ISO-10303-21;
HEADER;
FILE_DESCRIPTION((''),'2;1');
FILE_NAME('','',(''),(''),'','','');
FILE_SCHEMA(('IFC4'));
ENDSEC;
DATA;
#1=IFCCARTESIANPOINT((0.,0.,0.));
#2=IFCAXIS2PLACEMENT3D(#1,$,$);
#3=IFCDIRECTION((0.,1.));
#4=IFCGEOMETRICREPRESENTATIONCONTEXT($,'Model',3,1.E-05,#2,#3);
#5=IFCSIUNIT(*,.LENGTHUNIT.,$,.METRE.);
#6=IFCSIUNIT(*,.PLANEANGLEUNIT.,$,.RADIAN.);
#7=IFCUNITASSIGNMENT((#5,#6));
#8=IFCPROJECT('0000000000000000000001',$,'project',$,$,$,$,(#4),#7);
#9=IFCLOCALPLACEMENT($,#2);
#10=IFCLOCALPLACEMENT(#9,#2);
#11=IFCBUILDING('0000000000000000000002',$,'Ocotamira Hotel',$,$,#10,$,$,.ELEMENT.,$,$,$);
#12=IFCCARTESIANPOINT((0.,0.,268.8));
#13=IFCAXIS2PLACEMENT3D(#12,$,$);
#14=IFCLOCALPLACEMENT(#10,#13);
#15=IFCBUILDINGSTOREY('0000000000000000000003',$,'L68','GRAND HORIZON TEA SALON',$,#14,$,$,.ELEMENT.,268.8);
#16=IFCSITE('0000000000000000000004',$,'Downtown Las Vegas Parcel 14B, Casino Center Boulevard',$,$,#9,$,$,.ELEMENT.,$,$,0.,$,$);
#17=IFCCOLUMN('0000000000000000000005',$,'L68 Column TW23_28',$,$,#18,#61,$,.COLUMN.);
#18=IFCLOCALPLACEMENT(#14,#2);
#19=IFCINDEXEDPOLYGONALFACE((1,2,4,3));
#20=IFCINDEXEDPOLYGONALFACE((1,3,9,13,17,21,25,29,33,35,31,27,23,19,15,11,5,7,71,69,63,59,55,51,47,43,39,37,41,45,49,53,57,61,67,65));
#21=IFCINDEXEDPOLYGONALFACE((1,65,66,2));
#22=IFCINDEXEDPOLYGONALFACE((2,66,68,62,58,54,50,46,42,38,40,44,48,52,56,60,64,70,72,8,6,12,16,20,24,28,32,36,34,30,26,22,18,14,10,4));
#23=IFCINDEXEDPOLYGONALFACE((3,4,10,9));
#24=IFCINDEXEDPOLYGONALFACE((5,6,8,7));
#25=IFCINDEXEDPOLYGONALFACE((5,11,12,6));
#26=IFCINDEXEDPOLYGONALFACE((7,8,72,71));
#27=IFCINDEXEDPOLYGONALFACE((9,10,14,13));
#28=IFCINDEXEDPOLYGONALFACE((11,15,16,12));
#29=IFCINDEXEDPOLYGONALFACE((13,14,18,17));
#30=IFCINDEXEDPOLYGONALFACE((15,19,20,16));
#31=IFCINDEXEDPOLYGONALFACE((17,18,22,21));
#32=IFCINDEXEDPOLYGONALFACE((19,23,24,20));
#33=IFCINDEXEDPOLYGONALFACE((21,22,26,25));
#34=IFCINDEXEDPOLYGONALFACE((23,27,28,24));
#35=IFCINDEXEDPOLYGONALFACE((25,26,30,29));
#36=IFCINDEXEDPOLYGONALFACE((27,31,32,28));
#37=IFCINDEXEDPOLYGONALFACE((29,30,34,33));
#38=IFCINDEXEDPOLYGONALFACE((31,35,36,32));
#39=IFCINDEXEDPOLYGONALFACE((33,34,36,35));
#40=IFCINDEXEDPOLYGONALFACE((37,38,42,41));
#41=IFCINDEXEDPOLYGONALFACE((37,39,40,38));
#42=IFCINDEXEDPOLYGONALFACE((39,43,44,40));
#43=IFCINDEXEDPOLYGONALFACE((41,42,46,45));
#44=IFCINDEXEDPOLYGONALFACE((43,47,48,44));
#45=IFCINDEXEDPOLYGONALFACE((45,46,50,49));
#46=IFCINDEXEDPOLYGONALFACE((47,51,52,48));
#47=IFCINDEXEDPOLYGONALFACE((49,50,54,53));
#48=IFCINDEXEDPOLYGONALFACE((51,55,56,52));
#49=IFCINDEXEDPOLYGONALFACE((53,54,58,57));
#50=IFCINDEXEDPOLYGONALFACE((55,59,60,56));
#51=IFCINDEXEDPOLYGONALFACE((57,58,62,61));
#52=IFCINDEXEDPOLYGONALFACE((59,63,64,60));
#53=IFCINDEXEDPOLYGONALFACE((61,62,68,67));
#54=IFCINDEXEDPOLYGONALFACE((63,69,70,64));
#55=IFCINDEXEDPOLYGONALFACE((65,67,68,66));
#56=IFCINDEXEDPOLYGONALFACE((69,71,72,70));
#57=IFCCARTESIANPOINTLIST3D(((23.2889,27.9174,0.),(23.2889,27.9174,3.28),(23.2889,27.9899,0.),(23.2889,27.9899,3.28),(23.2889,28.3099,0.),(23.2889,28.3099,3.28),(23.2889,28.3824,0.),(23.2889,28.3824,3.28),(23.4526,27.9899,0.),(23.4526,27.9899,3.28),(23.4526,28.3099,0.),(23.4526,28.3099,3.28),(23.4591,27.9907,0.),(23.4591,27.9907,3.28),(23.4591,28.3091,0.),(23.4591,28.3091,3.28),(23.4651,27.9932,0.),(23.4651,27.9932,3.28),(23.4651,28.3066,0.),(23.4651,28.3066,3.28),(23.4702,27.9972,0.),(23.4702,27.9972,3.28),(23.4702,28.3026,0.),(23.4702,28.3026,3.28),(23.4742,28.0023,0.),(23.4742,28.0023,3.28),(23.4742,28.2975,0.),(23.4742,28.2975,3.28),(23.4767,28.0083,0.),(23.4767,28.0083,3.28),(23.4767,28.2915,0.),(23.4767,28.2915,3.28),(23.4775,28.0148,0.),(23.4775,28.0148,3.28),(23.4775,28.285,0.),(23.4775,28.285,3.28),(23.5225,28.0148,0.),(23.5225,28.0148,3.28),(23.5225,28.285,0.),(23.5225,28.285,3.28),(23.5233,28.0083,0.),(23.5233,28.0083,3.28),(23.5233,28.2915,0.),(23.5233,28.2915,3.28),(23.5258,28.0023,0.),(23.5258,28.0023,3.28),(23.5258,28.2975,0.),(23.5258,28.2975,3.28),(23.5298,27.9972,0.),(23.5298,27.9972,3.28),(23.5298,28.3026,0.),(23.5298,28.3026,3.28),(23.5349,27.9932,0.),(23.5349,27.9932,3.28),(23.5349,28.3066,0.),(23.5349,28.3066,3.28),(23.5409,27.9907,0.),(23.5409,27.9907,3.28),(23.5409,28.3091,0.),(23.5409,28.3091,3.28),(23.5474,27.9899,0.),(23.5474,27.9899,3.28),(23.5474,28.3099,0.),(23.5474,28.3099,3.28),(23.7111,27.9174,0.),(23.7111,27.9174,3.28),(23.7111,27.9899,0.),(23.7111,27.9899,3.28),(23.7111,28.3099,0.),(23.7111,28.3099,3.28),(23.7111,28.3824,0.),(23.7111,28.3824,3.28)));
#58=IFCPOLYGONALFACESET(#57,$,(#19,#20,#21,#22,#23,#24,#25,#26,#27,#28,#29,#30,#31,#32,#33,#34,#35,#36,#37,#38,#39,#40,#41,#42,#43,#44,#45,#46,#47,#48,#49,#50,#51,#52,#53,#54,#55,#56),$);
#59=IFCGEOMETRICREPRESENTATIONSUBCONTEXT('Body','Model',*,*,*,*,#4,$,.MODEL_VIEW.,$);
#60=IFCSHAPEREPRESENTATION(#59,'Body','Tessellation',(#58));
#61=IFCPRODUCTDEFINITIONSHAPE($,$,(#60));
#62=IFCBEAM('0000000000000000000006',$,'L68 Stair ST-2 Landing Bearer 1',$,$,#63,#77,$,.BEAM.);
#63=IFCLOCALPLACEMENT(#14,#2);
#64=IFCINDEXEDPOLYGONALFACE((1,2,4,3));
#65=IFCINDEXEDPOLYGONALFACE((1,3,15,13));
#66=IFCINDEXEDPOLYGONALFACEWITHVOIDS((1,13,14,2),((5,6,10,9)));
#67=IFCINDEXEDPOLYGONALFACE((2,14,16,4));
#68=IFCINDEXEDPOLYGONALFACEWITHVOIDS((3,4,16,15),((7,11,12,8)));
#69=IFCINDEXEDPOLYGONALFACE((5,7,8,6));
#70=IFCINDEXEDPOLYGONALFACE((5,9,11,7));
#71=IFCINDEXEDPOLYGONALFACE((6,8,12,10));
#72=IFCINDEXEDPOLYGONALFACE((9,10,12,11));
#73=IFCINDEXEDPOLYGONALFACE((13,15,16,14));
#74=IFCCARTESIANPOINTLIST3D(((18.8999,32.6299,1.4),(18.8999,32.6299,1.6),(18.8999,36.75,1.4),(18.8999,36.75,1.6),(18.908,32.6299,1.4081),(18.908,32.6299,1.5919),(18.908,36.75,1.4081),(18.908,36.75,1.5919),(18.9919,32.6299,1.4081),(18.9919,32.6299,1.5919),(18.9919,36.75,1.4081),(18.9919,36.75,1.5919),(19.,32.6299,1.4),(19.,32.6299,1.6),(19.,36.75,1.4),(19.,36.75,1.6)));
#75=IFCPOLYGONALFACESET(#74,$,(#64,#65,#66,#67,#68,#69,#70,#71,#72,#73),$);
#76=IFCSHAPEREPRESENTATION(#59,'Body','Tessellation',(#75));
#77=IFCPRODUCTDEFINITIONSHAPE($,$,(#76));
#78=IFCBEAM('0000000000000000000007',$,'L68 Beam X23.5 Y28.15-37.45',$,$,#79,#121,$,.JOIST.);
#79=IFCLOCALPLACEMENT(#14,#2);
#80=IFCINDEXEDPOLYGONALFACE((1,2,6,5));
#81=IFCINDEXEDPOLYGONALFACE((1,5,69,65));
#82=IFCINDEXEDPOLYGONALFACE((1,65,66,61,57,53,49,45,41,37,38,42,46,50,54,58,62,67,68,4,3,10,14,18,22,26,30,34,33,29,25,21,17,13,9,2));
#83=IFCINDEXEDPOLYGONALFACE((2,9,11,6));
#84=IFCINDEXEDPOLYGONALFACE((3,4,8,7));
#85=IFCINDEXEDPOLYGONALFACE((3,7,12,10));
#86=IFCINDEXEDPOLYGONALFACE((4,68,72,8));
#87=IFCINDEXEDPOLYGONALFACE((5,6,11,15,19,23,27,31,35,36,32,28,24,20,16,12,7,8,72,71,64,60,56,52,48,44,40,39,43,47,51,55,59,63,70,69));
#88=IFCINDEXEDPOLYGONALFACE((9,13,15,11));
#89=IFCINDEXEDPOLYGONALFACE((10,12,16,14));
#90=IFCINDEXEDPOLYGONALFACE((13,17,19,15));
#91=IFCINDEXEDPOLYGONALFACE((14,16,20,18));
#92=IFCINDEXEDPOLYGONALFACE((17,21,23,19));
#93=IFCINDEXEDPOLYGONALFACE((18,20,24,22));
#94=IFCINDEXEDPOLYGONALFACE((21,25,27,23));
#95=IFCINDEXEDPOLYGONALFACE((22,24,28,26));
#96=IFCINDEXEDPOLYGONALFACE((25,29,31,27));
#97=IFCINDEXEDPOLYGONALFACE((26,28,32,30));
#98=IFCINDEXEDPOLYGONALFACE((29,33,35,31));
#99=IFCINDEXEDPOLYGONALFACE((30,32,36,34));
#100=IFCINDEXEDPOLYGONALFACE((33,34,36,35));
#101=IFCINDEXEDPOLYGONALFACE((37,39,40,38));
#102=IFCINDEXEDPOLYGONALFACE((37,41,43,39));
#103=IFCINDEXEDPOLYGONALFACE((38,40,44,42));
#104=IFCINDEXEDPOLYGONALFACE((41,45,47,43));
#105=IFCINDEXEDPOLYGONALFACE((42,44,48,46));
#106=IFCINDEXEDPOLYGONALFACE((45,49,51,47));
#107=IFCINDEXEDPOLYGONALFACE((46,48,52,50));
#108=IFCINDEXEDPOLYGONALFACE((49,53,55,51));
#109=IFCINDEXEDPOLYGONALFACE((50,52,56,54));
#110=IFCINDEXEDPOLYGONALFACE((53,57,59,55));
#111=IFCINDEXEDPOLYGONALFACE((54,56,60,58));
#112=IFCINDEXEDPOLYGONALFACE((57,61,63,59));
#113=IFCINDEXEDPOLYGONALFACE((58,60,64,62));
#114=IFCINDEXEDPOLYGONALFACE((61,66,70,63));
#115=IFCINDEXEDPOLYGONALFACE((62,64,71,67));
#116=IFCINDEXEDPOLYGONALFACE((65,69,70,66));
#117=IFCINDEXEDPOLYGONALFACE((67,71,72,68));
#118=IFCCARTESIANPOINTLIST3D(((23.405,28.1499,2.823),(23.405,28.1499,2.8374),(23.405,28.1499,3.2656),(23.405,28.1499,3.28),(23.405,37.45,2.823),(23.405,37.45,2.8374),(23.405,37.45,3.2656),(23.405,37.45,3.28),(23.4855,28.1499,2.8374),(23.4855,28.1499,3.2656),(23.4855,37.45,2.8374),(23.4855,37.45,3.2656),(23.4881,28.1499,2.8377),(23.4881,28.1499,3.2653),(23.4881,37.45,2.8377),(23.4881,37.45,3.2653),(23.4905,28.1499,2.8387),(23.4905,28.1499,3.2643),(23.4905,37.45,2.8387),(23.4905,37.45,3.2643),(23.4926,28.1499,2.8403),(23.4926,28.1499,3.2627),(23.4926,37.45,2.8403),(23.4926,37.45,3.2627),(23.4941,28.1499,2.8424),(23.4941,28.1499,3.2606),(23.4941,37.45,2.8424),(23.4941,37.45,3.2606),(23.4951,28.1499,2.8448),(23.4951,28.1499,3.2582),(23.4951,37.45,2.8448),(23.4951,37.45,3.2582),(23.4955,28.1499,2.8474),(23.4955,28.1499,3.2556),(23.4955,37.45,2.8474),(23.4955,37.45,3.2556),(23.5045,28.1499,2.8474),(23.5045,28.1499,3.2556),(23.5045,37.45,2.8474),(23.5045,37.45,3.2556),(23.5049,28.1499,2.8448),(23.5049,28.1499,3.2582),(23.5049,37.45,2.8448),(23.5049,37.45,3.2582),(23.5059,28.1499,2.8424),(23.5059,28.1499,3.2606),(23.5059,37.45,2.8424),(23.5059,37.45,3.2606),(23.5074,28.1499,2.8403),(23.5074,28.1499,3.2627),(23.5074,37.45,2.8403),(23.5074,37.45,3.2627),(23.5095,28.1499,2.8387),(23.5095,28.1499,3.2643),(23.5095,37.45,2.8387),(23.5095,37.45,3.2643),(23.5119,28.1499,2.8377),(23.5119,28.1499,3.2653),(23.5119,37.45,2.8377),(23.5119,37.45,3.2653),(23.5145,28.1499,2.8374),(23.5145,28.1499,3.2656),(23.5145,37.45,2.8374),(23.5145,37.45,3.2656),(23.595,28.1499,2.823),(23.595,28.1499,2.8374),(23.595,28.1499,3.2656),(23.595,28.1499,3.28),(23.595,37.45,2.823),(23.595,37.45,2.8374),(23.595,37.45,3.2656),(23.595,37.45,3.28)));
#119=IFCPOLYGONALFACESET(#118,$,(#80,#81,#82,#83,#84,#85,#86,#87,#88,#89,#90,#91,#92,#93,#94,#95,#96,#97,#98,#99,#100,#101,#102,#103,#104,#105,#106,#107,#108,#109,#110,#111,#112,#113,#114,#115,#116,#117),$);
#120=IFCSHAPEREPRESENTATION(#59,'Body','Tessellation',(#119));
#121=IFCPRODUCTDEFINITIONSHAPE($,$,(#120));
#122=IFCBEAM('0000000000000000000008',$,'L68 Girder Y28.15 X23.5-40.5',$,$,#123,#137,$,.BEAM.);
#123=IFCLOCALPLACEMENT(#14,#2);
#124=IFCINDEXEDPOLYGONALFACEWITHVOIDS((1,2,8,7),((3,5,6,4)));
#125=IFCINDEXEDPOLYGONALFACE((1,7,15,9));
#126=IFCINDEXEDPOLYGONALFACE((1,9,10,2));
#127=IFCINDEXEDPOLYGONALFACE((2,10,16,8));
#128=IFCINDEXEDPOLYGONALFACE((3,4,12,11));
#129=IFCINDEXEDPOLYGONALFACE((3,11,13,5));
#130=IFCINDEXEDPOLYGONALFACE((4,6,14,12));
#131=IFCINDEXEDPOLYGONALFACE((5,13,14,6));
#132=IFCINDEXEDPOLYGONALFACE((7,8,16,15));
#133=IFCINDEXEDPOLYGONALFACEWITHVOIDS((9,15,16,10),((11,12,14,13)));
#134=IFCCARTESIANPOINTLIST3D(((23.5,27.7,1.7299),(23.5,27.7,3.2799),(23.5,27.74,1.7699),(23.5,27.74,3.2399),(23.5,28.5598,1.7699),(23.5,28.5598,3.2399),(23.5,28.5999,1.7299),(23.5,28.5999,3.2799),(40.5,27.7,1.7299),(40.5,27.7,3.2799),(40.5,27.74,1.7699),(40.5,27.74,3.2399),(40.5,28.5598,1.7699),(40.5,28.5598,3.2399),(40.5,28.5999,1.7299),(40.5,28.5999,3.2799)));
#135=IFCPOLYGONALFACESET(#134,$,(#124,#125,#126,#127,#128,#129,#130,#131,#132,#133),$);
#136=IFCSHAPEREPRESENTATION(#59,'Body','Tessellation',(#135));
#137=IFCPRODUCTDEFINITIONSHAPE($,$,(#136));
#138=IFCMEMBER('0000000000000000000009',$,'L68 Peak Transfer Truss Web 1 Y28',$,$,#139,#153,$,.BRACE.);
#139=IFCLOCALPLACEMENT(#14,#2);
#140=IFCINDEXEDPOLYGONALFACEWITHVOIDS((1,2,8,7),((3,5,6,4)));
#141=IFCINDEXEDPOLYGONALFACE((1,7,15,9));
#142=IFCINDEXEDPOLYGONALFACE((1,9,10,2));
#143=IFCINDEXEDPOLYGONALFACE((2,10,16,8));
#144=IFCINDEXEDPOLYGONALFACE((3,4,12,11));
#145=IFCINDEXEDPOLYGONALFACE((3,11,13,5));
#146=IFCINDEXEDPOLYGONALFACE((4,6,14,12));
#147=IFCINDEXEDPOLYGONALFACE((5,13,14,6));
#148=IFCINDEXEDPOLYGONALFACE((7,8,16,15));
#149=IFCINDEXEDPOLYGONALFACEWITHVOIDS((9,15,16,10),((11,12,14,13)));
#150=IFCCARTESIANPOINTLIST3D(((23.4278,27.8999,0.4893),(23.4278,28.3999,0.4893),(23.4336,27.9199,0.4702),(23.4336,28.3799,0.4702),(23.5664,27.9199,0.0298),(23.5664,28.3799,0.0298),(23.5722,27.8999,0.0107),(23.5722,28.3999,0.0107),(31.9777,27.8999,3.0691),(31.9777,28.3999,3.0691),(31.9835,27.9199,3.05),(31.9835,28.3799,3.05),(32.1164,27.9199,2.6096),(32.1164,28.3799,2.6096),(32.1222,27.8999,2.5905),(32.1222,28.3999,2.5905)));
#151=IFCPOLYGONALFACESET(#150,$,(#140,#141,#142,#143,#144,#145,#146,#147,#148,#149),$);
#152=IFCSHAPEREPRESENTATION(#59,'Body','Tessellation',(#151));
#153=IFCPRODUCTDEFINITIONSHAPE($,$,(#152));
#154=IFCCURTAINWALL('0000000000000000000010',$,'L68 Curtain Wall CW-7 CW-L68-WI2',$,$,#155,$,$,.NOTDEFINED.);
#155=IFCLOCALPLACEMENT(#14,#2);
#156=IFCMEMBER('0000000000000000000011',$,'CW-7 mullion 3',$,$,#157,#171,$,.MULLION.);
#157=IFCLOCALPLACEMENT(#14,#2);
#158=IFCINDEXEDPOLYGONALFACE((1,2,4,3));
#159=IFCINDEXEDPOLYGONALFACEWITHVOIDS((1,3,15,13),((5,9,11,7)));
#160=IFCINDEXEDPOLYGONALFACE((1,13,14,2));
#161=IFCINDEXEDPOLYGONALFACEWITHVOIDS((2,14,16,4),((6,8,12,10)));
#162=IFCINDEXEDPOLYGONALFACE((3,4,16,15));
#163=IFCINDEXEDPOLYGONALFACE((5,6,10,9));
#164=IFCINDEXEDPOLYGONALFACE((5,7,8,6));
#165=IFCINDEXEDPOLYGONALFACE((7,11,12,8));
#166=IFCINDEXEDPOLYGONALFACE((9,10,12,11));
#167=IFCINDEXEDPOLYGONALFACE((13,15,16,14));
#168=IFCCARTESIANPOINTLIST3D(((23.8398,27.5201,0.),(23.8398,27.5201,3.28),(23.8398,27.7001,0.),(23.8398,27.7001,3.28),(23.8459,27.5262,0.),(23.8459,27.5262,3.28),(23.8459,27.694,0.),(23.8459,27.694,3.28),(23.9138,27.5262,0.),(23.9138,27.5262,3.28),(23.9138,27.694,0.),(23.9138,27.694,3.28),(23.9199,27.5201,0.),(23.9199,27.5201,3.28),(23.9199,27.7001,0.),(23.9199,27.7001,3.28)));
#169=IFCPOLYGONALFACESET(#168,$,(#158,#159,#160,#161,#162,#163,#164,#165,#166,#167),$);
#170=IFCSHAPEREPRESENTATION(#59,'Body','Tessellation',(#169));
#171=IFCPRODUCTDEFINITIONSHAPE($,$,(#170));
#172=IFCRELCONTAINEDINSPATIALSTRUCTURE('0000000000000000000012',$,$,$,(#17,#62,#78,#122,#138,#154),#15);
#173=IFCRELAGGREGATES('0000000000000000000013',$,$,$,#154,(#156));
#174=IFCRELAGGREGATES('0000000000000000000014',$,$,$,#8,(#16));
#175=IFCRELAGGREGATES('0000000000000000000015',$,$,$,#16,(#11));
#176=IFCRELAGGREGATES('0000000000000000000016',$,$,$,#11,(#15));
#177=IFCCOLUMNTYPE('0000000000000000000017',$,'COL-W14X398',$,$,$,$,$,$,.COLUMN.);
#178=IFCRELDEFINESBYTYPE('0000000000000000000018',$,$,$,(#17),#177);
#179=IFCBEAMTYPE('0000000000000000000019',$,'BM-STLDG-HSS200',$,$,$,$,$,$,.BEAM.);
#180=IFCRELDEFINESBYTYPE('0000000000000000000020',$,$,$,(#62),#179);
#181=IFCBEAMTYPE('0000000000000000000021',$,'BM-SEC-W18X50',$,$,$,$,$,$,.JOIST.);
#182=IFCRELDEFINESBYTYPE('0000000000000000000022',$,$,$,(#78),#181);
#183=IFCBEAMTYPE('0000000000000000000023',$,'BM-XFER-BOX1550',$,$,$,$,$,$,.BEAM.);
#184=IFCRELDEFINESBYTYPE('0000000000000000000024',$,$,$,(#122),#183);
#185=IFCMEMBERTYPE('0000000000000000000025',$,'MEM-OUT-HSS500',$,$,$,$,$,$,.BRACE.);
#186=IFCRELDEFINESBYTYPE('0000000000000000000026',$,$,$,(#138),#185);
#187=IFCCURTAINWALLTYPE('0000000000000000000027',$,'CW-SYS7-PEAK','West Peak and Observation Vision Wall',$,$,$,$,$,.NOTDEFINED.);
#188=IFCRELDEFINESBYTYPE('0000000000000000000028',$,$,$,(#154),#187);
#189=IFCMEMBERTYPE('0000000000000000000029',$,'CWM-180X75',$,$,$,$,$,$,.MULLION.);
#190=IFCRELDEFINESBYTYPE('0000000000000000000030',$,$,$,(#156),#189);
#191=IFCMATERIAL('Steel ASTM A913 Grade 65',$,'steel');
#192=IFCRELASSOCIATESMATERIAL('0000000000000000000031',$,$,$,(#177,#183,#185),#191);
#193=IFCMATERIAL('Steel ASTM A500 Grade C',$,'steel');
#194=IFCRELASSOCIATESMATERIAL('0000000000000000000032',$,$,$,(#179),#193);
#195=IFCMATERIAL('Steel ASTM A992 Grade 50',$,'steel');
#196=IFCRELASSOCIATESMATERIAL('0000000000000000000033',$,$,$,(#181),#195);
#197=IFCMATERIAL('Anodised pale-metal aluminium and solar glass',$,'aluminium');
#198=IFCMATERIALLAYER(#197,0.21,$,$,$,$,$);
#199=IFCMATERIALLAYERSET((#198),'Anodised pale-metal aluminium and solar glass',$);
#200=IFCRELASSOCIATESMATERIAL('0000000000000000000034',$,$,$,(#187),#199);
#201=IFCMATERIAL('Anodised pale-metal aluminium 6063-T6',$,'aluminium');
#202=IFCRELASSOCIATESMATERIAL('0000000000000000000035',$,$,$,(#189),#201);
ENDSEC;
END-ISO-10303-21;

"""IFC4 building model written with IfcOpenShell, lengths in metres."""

from ifc_helpers import new_model, si_unit, direction, frame, origin, origin_2d, place, context, subcontext, project, spatial, hollow_rectangle, i_section, extrude, source, transform, mapped, material, layer, layer_set, material_profile, profile_set, type_object, element, aggregate, save


model = new_model("IFC4")

# Units and contexts
model_context = context("Model", 3, precision=1e-05, world=origin(), true_north=direction((0.0, 1.0)))
body_context = subcontext(model_context, "Body", "Model", "MODEL_VIEW")
ifc_project = project(units=[si_unit("LENGTHUNIT", "METRE"), si_unit("PLANEANGLEUNIT", "RADIAN")], contexts=[model_context])

# Site, building, storey
site_placement = place(None, origin())
site = spatial("IfcSite", under=ifc_project, at=site_placement, Name="Downtown Las Vegas Parcel 14B, Casino Center Boulevard", CompositionType="ELEMENT", RefElevation=0.0)
building_placement = place(site_placement, origin())
building = spatial("IfcBuilding", under=site, at=building_placement, Name="Ocotamira Hotel", CompositionType="ELEMENT")
storey_placement = place(building_placement, frame((0.0, 0.0, 268.8)))
storey = spatial("IfcBuildingStorey", under=building, at=storey_placement, Name="L68", Description="GRAND HORIZON TEA SALON", CompositionType="ELEMENT", Elevation=268.8)

# Column
ifc_material_1 = material(Name="Steel ASTM A913 Grade 65", Category="steel")
ifc_material_profile_1 = material_profile(ifc_material_1, i_section(OverallWidth=0.4221, OverallDepth=0.4651, WebThickness=0.0449, FlangeThickness=0.0725, FilletRadius=0.0249, at=origin_2d()), Name="W14X398")
ifc_profile_set_1 = profile_set([ifc_material_profile_1], Name="Steel ASTM A913 Grade 65")
column_type = type_object("IfcColumnType", Name="COL-W14X398", PredefinedType="COLUMN", material=ifc_profile_set_1)
shared_shape_1 = source(origin(), body_context, "Body", "SweptSolid", [
    extrude(i_section(OverallWidth=0.4221, OverallDepth=0.4651, WebThickness=0.0449, FlangeThickness=0.0725, FilletRadius=0.0249, at=origin_2d()), origin(), (0.0, 0.0, 1.0), 3.28),
])
column_placement = place(storey_placement, frame((23.5, 28.1499, 0.0), z_axis=(0.0, 0.0, 1.0), x_axis=(1.0, 0.0, 0.0)))
element("IfcColumn", 1, at=column_placement, inside=storey, type_object=column_type, Name="L68 Column TW23_28", PredefinedType="COLUMN", context=body_context, shape_type="MappedRepresentation", body=[
    mapped(shared_shape_1, transform((0.0, 0.0, 0.0), scale=1.0)),
])

# Beams
ifc_material_2 = material(Name="Steel ASTM A500 Grade C", Category="steel")
ifc_material_profile_2 = material_profile(ifc_material_2, hollow_rectangle(XDim=0.1001, YDim=0.2, WallThickness=0.0081, at=origin_2d()), Name="HSS200X100X8")
ifc_profile_set_2 = profile_set([ifc_material_profile_2], Name="Steel ASTM A500 Grade C")
beam_type_1 = type_object("IfcBeamType", Name="BM-STLDG-HSS200", PredefinedType="BEAM", material=ifc_profile_set_2)
shared_shape_2 = source(origin(), body_context, "Body", "SweptSolid", [
    extrude(hollow_rectangle(XDim=0.1001, YDim=0.2, WallThickness=0.0081, at=origin_2d()), origin(), (0.0, 0.0, 1.0), 4.1201),
])
beam_1_placement = place(storey_placement, frame((18.95, 32.6299, 1.5), z_axis=(0.0, 1.0, 0.0), x_axis=(-1.0, 0.0, 0.0)))
element("IfcBeam", 2, at=beam_1_placement, inside=storey, type_object=beam_type_1, Name="L68 Stair ST-2 Landing Bearer 1", PredefinedType="BEAM", context=body_context, shape_type="MappedRepresentation", body=[
    mapped(shared_shape_2, transform((0.0, 0.0, 0.0), scale=1.0)),
])
ifc_material_3 = material(Name="Steel ASTM A992 Grade 50", Category="steel")
ifc_material_profile_3 = material_profile(ifc_material_3, i_section(OverallWidth=0.1899, OverallDepth=0.457, WebThickness=0.009, FlangeThickness=0.0144, FilletRadius=0.01, at=origin_2d()), Name="W18X50")
ifc_profile_set_3 = profile_set([ifc_material_profile_3], Name="Steel ASTM A992 Grade 50")
beam_type_2 = type_object("IfcBeamType", Name="BM-SEC-W18X50", PredefinedType="JOIST", material=ifc_profile_set_3)
shared_shape_3 = source(origin(), body_context, "Body", "SweptSolid", [
    extrude(i_section(OverallWidth=0.1899, OverallDepth=0.457, WebThickness=0.009, FlangeThickness=0.0144, FilletRadius=0.01, at=origin_2d()), origin(), (0.0, 0.0, 1.0), 9.3),
])
beam_2_placement = place(storey_placement, frame((23.5, 28.1499, 3.0515), z_axis=(0.0, 1.0, 0.0), x_axis=(-1.0, 0.0, 0.0)))
element("IfcBeam", 3, at=beam_2_placement, inside=storey, type_object=beam_type_2, Name="L68 Beam X23.5 Y28.15-37.45", PredefinedType="JOIST", context=body_context, shape_type="MappedRepresentation", body=[
    mapped(shared_shape_3, transform((0.0, 0.0, 0.0), scale=1.0)),
])
ifc_material_profile_4 = material_profile(ifc_material_1, hollow_rectangle(XDim=0.8999, YDim=1.55, WallThickness=0.04, at=origin_2d()), Name="BOX900X1550X40")
ifc_profile_set_4 = profile_set([ifc_material_profile_4], Name="Steel ASTM A913 Grade 65")
beam_type_3 = type_object("IfcBeamType", Name="BM-XFER-BOX1550", PredefinedType="BEAM", material=ifc_profile_set_4)
shared_shape_4 = source(origin(), body_context, "Body", "SweptSolid", [
    extrude(hollow_rectangle(XDim=0.8999, YDim=1.55, WallThickness=0.04, at=origin_2d()), origin(), (0.0, 0.0, 1.0), 17.0),
])
beam_3_placement = place(storey_placement, frame((23.5, 28.1499, 2.5049), z_axis=(1.0, 0.0, 0.0), x_axis=(0.0, 1.0, 0.0)))
element("IfcBeam", 4, at=beam_3_placement, inside=storey, type_object=beam_type_3, Name="L68 Girder Y28.15 X23.5-40.5", PredefinedType="BEAM", context=body_context, shape_type="MappedRepresentation", body=[
    mapped(shared_shape_4, transform((0.0, 0.0, 0.0), scale=1.0)),
])

# Member
ifc_material_profile_5 = material_profile(ifc_material_1, hollow_rectangle(XDim=0.5, YDim=0.5, WallThickness=0.02, at=origin_2d()), Name="HSS500X500X20")
ifc_profile_set_5 = profile_set([ifc_material_profile_5], Name="Steel ASTM A913 Grade 65")
member_type_1 = type_object("IfcMemberType", Name="MEM-OUT-HSS500", PredefinedType="BRACE", material=ifc_profile_set_5)
shared_shape_5 = source(origin(), body_context, "Body", "SweptSolid", [
    extrude(hollow_rectangle(XDim=0.5, YDim=0.5, WallThickness=0.02, at=origin_2d()), origin(), (0.0, 0.0, 1.0), 8.9307),
])
member_1_placement = place(storey_placement, frame((23.5, 28.1499, 0.25), z_axis=(0.957368, 0.0, 0.28887), x_axis=(0.0, 1.0, 0.0)))
element("IfcMember", 5, at=member_1_placement, inside=storey, type_object=member_type_1, Name="L68 Peak Transfer Truss Web 1 Y28", PredefinedType="BRACE", context=body_context, shape_type="MappedRepresentation", body=[
    mapped(shared_shape_5, transform((0.0, 0.0, 0.0), scale=1.0)),
])

# Curtain wall, member
ifc_material_4 = material(Name="Anodised pale-metal aluminium and solar glass", Category="aluminium")
ifc_layer_1 = layer(ifc_material_4, 0.21)
ifc_layer_set_1 = layer_set([ifc_layer_1], Name="Anodised pale-metal aluminium and solar glass")
curtain_wall_type = type_object("IfcCurtainWallType", Name="CW-SYS7-PEAK", Description="West Peak and Observation Vision Wall", PredefinedType="NOTDEFINED", material=ifc_layer_set_1)
curtain_wall_placement = place(storey_placement, origin())
curtain_wall = element("IfcCurtainWall", 6, at=curtain_wall_placement, inside=storey, type_object=curtain_wall_type, Name="L68 Curtain Wall CW-7 CW-L68-WI2", PredefinedType="NOTDEFINED")
ifc_material_5 = material(Name="Anodised pale-metal aluminium 6063-T6", Category="aluminium")
ifc_material_profile_6 = material_profile(ifc_material_5, hollow_rectangle(XDim=0.0801, YDim=0.1799, WallThickness=0.0061, at=origin_2d()), Name="HSS180X80X6")
ifc_profile_set_6 = profile_set([ifc_material_profile_6], Name="Anodised pale-metal aluminium 6063-T6")
member_type_2 = type_object("IfcMemberType", Name="CWM-180X75", PredefinedType="MULLION", material=ifc_profile_set_6)
shared_shape_6 = source(origin(), body_context, "Body", "SweptSolid", [
    extrude(hollow_rectangle(XDim=0.0801, YDim=0.1799, WallThickness=0.0061, at=origin_2d()), origin(), (0.0, 0.0, 1.0), 3.28),
])
member_2_placement = place(storey_placement, frame((23.8799, 27.6101, 0.0), z_axis=(0.0, 0.0, 1.0), x_axis=(-1.0, 0.0, 0.0)))
member_2 = element("IfcMember", 7, at=member_2_placement, type_object=member_type_2, Name="CW-7 mullion 3", PredefinedType="MULLION", context=body_context, shape_type="MappedRepresentation", body=[
    mapped(shared_shape_6, transform((0.0, 0.0, 0.0), scale=1.0)),
])
aggregate(curtain_wall, [member_2])

save(model, "model.ifc")
